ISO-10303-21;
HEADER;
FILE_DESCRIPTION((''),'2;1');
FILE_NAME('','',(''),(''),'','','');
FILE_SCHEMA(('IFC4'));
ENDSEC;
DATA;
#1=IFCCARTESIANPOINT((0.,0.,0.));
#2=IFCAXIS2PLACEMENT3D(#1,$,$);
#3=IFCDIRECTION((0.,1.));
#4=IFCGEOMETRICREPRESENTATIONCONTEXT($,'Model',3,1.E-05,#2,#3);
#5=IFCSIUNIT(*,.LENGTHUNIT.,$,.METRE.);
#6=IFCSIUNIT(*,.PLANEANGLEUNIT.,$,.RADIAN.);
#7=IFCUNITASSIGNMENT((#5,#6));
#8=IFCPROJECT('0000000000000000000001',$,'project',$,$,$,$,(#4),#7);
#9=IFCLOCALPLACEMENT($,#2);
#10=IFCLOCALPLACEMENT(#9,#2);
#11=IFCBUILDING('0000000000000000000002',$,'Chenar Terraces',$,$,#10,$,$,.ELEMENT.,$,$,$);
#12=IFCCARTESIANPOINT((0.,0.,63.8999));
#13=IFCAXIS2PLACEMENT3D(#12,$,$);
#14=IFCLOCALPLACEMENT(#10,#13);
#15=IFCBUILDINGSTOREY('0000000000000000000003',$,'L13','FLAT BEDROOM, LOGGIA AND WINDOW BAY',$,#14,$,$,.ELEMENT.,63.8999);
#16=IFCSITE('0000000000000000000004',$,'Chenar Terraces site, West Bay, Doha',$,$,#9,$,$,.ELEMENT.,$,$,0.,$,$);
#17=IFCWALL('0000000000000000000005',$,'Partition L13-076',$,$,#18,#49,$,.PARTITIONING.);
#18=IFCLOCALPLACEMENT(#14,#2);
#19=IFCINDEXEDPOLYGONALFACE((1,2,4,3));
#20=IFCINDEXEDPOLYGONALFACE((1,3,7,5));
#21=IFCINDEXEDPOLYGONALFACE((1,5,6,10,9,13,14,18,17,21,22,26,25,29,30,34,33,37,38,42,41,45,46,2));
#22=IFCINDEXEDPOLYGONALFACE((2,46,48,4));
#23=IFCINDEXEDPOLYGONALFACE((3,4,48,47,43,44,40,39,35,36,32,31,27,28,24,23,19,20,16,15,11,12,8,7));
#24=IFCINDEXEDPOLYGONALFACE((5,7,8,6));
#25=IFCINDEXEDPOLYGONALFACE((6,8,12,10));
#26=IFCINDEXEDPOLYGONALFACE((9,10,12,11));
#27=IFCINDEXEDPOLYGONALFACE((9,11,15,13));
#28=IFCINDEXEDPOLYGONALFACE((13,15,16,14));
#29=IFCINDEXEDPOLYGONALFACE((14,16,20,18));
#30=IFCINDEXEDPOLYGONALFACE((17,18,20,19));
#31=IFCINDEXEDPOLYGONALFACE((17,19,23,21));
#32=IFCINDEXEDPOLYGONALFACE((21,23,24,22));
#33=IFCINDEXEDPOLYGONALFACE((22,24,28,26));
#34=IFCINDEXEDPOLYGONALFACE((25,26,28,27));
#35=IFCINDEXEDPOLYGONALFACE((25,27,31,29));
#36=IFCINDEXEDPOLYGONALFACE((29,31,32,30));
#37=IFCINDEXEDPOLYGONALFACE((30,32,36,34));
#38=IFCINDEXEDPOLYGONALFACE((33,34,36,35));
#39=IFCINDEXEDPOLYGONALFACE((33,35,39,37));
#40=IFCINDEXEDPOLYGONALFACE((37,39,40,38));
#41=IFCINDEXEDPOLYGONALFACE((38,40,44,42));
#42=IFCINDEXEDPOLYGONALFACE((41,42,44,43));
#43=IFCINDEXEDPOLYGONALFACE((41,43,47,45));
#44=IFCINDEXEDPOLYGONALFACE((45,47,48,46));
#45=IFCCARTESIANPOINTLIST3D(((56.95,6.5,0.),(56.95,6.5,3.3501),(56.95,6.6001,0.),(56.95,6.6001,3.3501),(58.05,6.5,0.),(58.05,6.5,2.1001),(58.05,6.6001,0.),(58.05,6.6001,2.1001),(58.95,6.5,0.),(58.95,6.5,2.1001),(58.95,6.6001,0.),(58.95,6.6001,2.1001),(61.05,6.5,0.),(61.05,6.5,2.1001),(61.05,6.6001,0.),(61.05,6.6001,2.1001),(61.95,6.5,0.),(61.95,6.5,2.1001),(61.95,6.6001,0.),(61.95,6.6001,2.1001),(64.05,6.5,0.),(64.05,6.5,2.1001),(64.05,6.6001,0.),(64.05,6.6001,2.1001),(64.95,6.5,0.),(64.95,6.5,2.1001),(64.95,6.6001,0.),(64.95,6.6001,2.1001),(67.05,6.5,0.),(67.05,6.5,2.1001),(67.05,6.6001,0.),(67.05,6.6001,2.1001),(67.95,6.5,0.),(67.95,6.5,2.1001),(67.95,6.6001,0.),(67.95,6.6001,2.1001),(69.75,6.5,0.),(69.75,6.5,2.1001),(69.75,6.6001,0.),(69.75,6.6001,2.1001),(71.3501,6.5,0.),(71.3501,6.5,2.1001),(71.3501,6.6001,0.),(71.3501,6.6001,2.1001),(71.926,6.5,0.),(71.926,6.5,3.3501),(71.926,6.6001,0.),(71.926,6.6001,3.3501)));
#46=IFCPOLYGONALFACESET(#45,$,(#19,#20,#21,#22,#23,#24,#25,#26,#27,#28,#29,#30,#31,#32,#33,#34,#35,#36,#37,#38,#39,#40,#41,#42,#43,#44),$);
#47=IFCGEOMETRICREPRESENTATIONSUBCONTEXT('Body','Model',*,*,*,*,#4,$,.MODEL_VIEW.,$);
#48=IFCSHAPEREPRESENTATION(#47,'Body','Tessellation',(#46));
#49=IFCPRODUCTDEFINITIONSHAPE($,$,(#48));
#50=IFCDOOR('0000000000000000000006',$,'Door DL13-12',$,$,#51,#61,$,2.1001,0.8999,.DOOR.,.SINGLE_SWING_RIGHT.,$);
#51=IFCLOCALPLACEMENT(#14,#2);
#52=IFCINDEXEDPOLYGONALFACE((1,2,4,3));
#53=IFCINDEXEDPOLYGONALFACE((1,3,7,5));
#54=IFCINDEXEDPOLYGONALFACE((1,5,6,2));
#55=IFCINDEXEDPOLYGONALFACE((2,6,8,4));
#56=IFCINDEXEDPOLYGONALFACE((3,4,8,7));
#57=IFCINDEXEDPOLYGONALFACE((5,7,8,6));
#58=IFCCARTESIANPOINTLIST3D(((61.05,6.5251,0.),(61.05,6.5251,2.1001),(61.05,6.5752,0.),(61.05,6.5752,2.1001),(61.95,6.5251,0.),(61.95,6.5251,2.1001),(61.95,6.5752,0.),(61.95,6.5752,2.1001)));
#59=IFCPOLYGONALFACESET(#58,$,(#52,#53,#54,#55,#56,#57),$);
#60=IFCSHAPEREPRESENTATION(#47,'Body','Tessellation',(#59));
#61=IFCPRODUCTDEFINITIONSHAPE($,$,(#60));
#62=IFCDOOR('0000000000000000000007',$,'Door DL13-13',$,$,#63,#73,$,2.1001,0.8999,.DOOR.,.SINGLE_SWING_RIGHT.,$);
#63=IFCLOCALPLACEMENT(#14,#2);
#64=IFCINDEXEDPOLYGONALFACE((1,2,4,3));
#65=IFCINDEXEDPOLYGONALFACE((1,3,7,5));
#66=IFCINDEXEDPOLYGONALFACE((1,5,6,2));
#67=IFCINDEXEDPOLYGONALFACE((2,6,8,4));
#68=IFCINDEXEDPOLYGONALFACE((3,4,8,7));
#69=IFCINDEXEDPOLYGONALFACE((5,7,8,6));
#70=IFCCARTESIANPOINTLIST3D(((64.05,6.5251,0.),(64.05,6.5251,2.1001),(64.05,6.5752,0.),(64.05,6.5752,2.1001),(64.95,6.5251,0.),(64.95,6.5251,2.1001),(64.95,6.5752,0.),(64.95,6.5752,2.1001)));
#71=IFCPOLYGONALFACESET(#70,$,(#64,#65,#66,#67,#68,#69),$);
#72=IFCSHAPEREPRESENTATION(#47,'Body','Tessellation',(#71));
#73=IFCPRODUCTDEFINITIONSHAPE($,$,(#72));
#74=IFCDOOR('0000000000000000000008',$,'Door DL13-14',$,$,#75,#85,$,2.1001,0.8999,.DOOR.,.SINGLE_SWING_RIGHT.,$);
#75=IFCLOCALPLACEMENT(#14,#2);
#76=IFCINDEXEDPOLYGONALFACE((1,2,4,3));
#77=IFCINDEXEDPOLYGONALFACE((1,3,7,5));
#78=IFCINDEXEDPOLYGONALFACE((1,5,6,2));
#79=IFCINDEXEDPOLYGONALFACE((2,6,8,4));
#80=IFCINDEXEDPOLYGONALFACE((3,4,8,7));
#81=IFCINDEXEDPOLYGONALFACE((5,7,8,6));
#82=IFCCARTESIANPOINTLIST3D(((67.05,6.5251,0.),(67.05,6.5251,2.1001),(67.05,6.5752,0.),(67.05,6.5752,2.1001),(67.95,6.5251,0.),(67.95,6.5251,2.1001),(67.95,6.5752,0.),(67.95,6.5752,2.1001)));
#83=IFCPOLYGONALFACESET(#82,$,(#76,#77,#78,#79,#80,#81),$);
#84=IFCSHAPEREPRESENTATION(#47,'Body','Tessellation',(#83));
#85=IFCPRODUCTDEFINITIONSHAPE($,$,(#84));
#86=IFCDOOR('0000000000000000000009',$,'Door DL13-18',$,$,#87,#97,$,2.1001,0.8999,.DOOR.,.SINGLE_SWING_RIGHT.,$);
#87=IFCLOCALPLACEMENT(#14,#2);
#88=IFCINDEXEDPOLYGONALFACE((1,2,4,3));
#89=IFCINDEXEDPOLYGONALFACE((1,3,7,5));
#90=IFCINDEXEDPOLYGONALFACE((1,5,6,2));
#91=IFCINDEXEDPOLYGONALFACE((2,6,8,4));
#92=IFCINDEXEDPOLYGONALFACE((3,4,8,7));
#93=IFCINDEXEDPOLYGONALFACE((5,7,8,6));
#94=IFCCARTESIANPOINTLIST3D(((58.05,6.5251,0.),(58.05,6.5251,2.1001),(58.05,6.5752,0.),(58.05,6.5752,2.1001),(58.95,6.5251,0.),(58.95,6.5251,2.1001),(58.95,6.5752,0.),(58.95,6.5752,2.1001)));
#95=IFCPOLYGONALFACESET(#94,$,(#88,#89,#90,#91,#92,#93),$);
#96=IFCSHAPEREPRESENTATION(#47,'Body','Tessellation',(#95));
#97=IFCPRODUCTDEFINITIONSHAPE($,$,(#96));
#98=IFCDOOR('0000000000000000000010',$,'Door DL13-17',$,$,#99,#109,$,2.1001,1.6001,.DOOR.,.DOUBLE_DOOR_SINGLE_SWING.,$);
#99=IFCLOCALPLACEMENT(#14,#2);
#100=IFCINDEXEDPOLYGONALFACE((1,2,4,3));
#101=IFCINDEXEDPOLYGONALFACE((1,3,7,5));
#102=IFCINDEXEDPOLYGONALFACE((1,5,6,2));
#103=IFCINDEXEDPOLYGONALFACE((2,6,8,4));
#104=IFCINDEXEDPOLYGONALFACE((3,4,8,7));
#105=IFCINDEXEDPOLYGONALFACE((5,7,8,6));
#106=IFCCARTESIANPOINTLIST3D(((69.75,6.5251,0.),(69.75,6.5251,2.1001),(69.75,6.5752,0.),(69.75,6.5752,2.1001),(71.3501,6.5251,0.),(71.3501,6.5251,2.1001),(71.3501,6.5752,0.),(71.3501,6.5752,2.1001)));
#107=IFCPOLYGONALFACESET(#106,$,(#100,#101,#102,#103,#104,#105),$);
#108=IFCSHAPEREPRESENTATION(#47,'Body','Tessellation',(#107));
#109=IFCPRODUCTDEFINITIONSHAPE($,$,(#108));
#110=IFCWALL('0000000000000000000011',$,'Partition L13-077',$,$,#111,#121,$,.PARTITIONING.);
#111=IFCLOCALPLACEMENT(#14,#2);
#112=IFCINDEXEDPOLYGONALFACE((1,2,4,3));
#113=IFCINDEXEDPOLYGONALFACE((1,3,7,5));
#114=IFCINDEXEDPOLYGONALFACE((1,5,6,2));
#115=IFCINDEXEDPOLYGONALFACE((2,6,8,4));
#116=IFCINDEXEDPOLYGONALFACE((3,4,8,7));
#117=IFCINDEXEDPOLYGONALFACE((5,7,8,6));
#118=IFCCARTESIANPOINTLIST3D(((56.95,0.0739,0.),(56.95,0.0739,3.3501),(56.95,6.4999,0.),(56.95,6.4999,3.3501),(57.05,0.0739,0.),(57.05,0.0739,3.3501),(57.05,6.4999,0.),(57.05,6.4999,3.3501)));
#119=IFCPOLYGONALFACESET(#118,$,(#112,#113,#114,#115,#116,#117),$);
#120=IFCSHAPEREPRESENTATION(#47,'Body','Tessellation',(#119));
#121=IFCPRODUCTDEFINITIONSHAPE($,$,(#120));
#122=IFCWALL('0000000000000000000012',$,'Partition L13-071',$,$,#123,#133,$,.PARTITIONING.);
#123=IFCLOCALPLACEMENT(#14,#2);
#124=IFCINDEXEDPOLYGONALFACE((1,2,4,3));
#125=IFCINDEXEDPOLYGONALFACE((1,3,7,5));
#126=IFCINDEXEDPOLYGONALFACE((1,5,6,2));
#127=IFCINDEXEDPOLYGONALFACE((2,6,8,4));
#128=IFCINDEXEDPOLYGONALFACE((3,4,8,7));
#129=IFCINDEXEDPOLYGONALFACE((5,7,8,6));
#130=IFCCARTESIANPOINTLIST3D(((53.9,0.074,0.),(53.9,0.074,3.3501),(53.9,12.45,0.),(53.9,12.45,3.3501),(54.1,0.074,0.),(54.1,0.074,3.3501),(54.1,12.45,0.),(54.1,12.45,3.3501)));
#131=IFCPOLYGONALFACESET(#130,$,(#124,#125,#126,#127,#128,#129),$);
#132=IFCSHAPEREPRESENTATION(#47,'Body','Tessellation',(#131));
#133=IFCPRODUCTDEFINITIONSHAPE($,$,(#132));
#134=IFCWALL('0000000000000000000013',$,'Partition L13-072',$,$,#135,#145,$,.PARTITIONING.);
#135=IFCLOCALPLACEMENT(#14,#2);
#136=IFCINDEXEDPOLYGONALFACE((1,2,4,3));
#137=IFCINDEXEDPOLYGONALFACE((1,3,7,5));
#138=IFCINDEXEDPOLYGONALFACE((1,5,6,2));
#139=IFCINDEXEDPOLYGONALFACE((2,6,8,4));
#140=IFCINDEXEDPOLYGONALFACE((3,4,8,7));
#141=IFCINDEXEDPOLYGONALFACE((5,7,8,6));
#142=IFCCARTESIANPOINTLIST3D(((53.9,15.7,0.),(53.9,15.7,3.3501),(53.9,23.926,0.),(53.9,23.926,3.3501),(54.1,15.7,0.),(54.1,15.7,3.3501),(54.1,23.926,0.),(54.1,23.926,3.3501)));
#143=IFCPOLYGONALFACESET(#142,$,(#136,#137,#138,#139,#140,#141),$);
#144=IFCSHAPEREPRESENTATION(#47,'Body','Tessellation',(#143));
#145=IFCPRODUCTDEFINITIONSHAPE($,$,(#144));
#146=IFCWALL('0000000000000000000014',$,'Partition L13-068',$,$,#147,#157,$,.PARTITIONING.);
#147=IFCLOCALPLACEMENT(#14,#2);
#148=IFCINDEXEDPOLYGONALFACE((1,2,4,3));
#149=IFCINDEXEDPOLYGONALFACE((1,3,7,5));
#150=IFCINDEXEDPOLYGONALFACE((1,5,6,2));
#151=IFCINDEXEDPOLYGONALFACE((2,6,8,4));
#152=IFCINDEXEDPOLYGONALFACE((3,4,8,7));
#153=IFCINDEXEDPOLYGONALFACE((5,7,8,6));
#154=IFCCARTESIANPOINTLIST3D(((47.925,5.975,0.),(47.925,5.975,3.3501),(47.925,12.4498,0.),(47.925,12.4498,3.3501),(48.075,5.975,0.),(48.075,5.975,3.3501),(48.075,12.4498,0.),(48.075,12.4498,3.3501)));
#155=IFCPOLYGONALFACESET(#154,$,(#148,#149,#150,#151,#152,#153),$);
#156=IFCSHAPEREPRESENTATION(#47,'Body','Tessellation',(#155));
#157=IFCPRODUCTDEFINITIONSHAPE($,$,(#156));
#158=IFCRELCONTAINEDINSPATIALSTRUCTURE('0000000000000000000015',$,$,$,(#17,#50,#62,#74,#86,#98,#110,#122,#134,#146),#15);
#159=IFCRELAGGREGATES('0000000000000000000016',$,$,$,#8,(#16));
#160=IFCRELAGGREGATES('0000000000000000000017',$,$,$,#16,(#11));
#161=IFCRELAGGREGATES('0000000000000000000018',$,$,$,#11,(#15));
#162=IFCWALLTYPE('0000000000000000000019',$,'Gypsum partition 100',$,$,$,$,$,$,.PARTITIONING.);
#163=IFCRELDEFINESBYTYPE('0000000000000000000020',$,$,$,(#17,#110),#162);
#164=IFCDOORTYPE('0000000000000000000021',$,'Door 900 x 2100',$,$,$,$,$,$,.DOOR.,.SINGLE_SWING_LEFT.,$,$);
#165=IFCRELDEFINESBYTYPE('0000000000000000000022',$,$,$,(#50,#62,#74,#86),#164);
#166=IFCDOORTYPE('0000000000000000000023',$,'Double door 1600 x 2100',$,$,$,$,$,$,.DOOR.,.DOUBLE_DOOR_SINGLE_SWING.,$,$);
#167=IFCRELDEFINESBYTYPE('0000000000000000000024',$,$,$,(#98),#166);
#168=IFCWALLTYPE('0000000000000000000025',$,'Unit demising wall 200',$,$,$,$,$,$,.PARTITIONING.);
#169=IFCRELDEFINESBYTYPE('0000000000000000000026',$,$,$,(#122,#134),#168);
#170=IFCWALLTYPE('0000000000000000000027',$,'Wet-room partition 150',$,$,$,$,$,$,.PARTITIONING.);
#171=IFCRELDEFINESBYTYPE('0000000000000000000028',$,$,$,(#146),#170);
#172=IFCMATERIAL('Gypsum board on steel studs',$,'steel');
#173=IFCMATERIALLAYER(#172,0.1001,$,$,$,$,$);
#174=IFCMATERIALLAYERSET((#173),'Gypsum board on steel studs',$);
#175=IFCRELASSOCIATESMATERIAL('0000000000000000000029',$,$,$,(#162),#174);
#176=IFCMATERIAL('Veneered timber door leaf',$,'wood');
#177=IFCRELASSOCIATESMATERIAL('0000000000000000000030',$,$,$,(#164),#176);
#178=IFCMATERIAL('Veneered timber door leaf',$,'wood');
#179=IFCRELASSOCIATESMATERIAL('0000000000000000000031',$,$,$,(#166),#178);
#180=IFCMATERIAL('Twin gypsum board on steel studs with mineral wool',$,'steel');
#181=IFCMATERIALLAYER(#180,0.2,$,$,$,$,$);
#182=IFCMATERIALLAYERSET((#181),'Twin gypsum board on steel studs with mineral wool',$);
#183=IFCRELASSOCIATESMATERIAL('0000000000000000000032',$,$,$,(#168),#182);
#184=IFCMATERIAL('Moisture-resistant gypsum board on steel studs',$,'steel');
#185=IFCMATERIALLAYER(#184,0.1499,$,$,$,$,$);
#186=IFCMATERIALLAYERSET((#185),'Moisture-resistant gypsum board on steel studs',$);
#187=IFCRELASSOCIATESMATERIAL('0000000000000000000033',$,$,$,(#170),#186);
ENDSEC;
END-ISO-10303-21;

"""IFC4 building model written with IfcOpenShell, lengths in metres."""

from ifc_helpers import new_model, si_unit, direction, frame, frame_2d, origin, place, context, subcontext, project, spatial, rectangle, extrude, material, layer, layer_set, type_object, element, fill, save


model = new_model("IFC4")

# Units and contexts
model_context = context("Model", 3, precision=1e-05, world=origin(), true_north=direction((0.0, 1.0)))
body_context = subcontext(model_context, "Body", "Model", "MODEL_VIEW")
ifc_project = project(units=[si_unit("LENGTHUNIT", "METRE"), si_unit("PLANEANGLEUNIT", "RADIAN")], contexts=[model_context])

# Site, building, storey
site_placement = place(None, origin())
site = spatial("IfcSite", under=ifc_project, at=site_placement, Name="Chenar Terraces site, West Bay, Doha", CompositionType="ELEMENT", RefElevation=0.0)
building_placement = place(site_placement, origin())
building = spatial("IfcBuilding", under=site, at=building_placement, Name="Chenar Terraces", CompositionType="ELEMENT")
storey_placement = place(building_placement, frame((0.0, 0.0, 63.8999)))
storey = spatial("IfcBuildingStorey", under=building, at=storey_placement, Name="L13", Description="FLAT BEDROOM, LOGGIA AND WINDOW BAY", CompositionType="ELEMENT", Elevation=63.8999)

# Wall, openings, doors
ifc_material_1 = material(Name="Gypsum board on steel studs", Category="steel")
ifc_layer_1 = layer(ifc_material_1, 0.1001)
ifc_layer_set_1 = layer_set([ifc_layer_1], Name="Gypsum board on steel studs")
wall_type_1 = type_object("IfcWallType", Name="Gypsum partition 100", PredefinedType="PARTITIONING", material=ifc_layer_set_1)
wall_1_placement = place(storey_placement, frame((56.95, 6.55, 0.0), z_axis=(0.0, 0.0, 1.0), x_axis=(1.0, 0.0, 0.0)))
wall_1 = element("IfcWall", 1, at=wall_1_placement, inside=storey, type_object=wall_type_1, Name="Partition L13-076", PredefinedType="PARTITIONING", context=body_context, shape_type="SweptSolid", body=[
    extrude(rectangle(XDim=14.9761, YDim=0.1001, at=frame_2d((7.488, 0.0))), origin(), (0.0, 0.0, 1.0), 3.3501),
])
opening_1_placement = place(wall_1_placement, frame((4.1001, 0.0, 0.0)))
opening_1 = element("IfcOpeningElement", 2, at=opening_1_placement, cuts=wall_1, PredefinedType="OPENING", context=body_context, shape_type="SweptSolid", body=[
    extrude(rectangle(XDim=0.8999, YDim=2.1001, at=frame_2d((0.45, 1.05))), frame((0.0, 0.0601, 0.0), z_axis=(0.0, -1.0, 0.0), x_axis=(1.0, 0.0, 0.0)), (0.0, 0.0, 1.0), 0.1201),
])
opening_2_placement = place(wall_1_placement, frame((7.1001, 0.0, 0.0)))
opening_2 = element("IfcOpeningElement", 3, at=opening_2_placement, cuts=wall_1, PredefinedType="OPENING", context=body_context, shape_type="SweptSolid", body=[
    extrude(rectangle(XDim=0.8999, YDim=2.1001, at=frame_2d((0.45, 1.05))), frame((0.0, 0.0601, 0.0), z_axis=(0.0, -1.0, 0.0), x_axis=(1.0, 0.0, 0.0)), (0.0, 0.0, 1.0), 0.1201),
])
opening_3_placement = place(wall_1_placement, frame((10.1001, 0.0, 0.0)))
opening_3 = element("IfcOpeningElement", 4, at=opening_3_placement, cuts=wall_1, PredefinedType="OPENING", context=body_context, shape_type="SweptSolid", body=[
    extrude(rectangle(XDim=0.8999, YDim=2.1001, at=frame_2d((0.45, 1.05))), frame((0.0, 0.0601, 0.0), z_axis=(0.0, -1.0, 0.0), x_axis=(1.0, 0.0, 0.0)), (0.0, 0.0, 1.0), 0.1201),
])
opening_4_placement = place(wall_1_placement, frame((12.8, 0.0, 0.0)))
opening_4 = element("IfcOpeningElement", 5, at=opening_4_placement, cuts=wall_1, PredefinedType="OPENING", context=body_context, shape_type="SweptSolid", body=[
    extrude(rectangle(XDim=1.6001, YDim=2.1001, at=frame_2d((0.8, 1.05))), frame((0.0, 0.0601, 0.0), z_axis=(0.0, -1.0, 0.0), x_axis=(1.0, 0.0, 0.0)), (0.0, 0.0, 1.0), 0.1201),
])
opening_5_placement = place(wall_1_placement, frame((1.1001, 0.0, 0.0)))
opening_5 = element("IfcOpeningElement", 6, at=opening_5_placement, cuts=wall_1, PredefinedType="OPENING", context=body_context, shape_type="SweptSolid", body=[
    extrude(rectangle(XDim=0.8999, YDim=2.1001, at=frame_2d((0.45, 1.05))), frame((0.0, 0.0601, 0.0), z_axis=(0.0, -1.0, 0.0), x_axis=(1.0, 0.0, 0.0)), (0.0, 0.0, 1.0), 0.1201),
])
ifc_material_2 = material(Name="Veneered timber door leaf", Category="wood")
door_type_1 = type_object("IfcDoorType", Name="Door 900 x 2100", OperationType="SINGLE_SWING_LEFT", PredefinedType="DOOR", material=ifc_material_2)
door_1_placement = place(opening_1_placement, frame((0.8999, 0.0, 0.0), z_axis=(0.0, 0.0, 1.0), x_axis=(-1.0, 0.0, 0.0)))
door_1 = element("IfcDoor", 7, at=door_1_placement, inside=storey, type_object=door_type_1, Name="Door DL13-12", OperationType="SINGLE_SWING_RIGHT", OverallHeight=2.1001, OverallWidth=0.8999, PredefinedType="DOOR", context=body_context, shape_type="SweptSolid", body=[
    extrude(rectangle(XDim=0.8999, YDim=2.1001, at=frame_2d((0.45, 1.05))), frame((0.0, 0.0249, 0.0), z_axis=(0.0, -1.0, 0.0), x_axis=(1.0, 0.0, 0.0)), (0.0, 0.0, 1.0), 0.05),
])
fill(opening_1, door_1)
door_2_placement = place(opening_2_placement, frame((0.8999, 0.0, 0.0), z_axis=(0.0, 0.0, 1.0), x_axis=(-1.0, 0.0, 0.0)))
door_2 = element("IfcDoor", 8, at=door_2_placement, inside=storey, type_object=door_type_1, Name="Door DL13-13", OperationType="SINGLE_SWING_RIGHT", OverallHeight=2.1001, OverallWidth=0.8999, PredefinedType="DOOR", context=body_context, shape_type="SweptSolid", body=[
    extrude(rectangle(XDim=0.8999, YDim=2.1001, at=frame_2d((0.45, 1.05))), frame((0.0, 0.0249, 0.0), z_axis=(0.0, -1.0, 0.0), x_axis=(1.0, 0.0, 0.0)), (0.0, 0.0, 1.0), 0.05),
])
fill(opening_2, door_2)
door_3_placement = place(opening_3_placement, frame((0.8999, 0.0, 0.0), z_axis=(0.0, 0.0, 1.0), x_axis=(-1.0, 0.0, 0.0)))
door_3 = element("IfcDoor", 9, at=door_3_placement, inside=storey, type_object=door_type_1, Name="Door DL13-14", OperationType="SINGLE_SWING_RIGHT", OverallHeight=2.1001, OverallWidth=0.8999, PredefinedType="DOOR", context=body_context, shape_type="SweptSolid", body=[
    extrude(rectangle(XDim=0.8999, YDim=2.1001, at=frame_2d((0.45, 1.05))), frame((0.0, 0.0249, 0.0), z_axis=(0.0, -1.0, 0.0), x_axis=(1.0, 0.0, 0.0)), (0.0, 0.0, 1.0), 0.05),
])
fill(opening_3, door_3)
door_4_placement = place(opening_5_placement, frame((0.8999, 0.0, 0.0), z_axis=(0.0, 0.0, 1.0), x_axis=(-1.0, 0.0, 0.0)))
door_4 = element("IfcDoor", 10, at=door_4_placement, inside=storey, type_object=door_type_1, Name="Door DL13-18", OperationType="SINGLE_SWING_RIGHT", OverallHeight=2.1001, OverallWidth=0.8999, PredefinedType="DOOR", context=body_context, shape_type="SweptSolid", body=[
    extrude(rectangle(XDim=0.8999, YDim=2.1001, at=frame_2d((0.45, 1.05))), frame((0.0, 0.0249, 0.0), z_axis=(0.0, -1.0, 0.0), x_axis=(1.0, 0.0, 0.0)), (0.0, 0.0, 1.0), 0.05),
])
fill(opening_5, door_4)
ifc_material_3 = material(Name="Veneered timber door leaf", Category="wood")
door_type_2 = type_object("IfcDoorType", Name="Double door 1600 x 2100", OperationType="DOUBLE_DOOR_SINGLE_SWING", PredefinedType="DOOR", material=ifc_material_3)
door_5_placement = place(opening_4_placement, frame((1.6001, 0.0, 0.0), z_axis=(0.0, 0.0, 1.0), x_axis=(-1.0, 0.0, 0.0)))
door_5 = element("IfcDoor", 11, at=door_5_placement, inside=storey, type_object=door_type_2, Name="Door DL13-17", OperationType="DOUBLE_DOOR_SINGLE_SWING", OverallHeight=2.1001, OverallWidth=1.6001, PredefinedType="DOOR", context=body_context, shape_type="SweptSolid", body=[
    extrude(rectangle(XDim=1.6001, YDim=2.1001, at=frame_2d((0.8, 1.05))), frame((0.0, 0.0249, 0.0), z_axis=(0.0, -1.0, 0.0), x_axis=(1.0, 0.0, 0.0)), (0.0, 0.0, 1.0), 0.05),
])
fill(opening_4, door_5)

# Walls
wall_2_placement = place(storey_placement, frame((57.0, 0.074, 0.0), z_axis=(0.0, 0.0, 1.0), x_axis=(0.0, 1.0, 0.0)))
element("IfcWall", 12, at=wall_2_placement, inside=storey, type_object=wall_type_1, Name="Partition L13-077", PredefinedType="PARTITIONING", context=body_context, shape_type="SweptSolid", body=[
    extrude(rectangle(XDim=6.426, YDim=0.1001, at=frame_2d((3.2129, 0.0))), origin(), (0.0, 0.0, 1.0), 3.3501),
])
ifc_material_4 = material(Name="Twin gypsum board on steel studs with mineral wool", Category="steel")
ifc_layer_2 = layer(ifc_material_4, 0.2)
ifc_layer_set_2 = layer_set([ifc_layer_2], Name="Twin gypsum board on steel studs with mineral wool")
wall_type_2 = type_object("IfcWallType", Name="Unit demising wall 200", PredefinedType="PARTITIONING", material=ifc_layer_set_2)
wall_3_placement = place(storey_placement, frame((54.0, 0.074, 0.0), z_axis=(0.0, 0.0, 1.0), x_axis=(0.0, 1.0, 0.0)))
element("IfcWall", 13, at=wall_3_placement, inside=storey, type_object=wall_type_2, Name="Partition L13-071", PredefinedType="PARTITIONING", context=body_context, shape_type="SweptSolid", body=[
    extrude(rectangle(XDim=12.376, YDim=0.2, at=frame_2d((6.188, 0.0))), origin(), (0.0, 0.0, 1.0), 3.3501),
])
wall_4_placement = place(storey_placement, frame((54.0, 15.7, 0.0), z_axis=(0.0, 0.0, 1.0), x_axis=(0.0, 1.0, 0.0)))
element("IfcWall", 14, at=wall_4_placement, inside=storey, type_object=wall_type_2, Name="Partition L13-072", PredefinedType="PARTITIONING", context=body_context, shape_type="SweptSolid", body=[
    extrude(rectangle(XDim=8.2261, YDim=0.2, at=frame_2d((4.113, 0.0))), origin(), (0.0, 0.0, 1.0), 3.3501),
])
ifc_material_5 = material(Name="Moisture-resistant gypsum board on steel studs", Category="steel")
ifc_layer_3 = layer(ifc_material_5, 0.1499)
ifc_layer_set_3 = layer_set([ifc_layer_3], Name="Moisture-resistant gypsum board on steel studs")
wall_type_3 = type_object("IfcWallType", Name="Wet-room partition 150", PredefinedType="PARTITIONING", material=ifc_layer_set_3)
wall_5_placement = place(storey_placement, frame((48.0, 5.9751, 0.0), z_axis=(0.0, 0.0, 1.0), x_axis=(0.0, 1.0, 0.0)))
element("IfcWall", 15, at=wall_5_placement, inside=storey, type_object=wall_type_3, Name="Partition L13-068", PredefinedType="PARTITIONING", context=body_context, shape_type="SweptSolid", body=[
    extrude(rectangle(XDim=6.4749, YDim=0.1499, at=frame_2d((3.2373, 0.0))), origin(), (0.0, 0.0, 1.0), 3.3501),
])

save(model, "model.ifc")
